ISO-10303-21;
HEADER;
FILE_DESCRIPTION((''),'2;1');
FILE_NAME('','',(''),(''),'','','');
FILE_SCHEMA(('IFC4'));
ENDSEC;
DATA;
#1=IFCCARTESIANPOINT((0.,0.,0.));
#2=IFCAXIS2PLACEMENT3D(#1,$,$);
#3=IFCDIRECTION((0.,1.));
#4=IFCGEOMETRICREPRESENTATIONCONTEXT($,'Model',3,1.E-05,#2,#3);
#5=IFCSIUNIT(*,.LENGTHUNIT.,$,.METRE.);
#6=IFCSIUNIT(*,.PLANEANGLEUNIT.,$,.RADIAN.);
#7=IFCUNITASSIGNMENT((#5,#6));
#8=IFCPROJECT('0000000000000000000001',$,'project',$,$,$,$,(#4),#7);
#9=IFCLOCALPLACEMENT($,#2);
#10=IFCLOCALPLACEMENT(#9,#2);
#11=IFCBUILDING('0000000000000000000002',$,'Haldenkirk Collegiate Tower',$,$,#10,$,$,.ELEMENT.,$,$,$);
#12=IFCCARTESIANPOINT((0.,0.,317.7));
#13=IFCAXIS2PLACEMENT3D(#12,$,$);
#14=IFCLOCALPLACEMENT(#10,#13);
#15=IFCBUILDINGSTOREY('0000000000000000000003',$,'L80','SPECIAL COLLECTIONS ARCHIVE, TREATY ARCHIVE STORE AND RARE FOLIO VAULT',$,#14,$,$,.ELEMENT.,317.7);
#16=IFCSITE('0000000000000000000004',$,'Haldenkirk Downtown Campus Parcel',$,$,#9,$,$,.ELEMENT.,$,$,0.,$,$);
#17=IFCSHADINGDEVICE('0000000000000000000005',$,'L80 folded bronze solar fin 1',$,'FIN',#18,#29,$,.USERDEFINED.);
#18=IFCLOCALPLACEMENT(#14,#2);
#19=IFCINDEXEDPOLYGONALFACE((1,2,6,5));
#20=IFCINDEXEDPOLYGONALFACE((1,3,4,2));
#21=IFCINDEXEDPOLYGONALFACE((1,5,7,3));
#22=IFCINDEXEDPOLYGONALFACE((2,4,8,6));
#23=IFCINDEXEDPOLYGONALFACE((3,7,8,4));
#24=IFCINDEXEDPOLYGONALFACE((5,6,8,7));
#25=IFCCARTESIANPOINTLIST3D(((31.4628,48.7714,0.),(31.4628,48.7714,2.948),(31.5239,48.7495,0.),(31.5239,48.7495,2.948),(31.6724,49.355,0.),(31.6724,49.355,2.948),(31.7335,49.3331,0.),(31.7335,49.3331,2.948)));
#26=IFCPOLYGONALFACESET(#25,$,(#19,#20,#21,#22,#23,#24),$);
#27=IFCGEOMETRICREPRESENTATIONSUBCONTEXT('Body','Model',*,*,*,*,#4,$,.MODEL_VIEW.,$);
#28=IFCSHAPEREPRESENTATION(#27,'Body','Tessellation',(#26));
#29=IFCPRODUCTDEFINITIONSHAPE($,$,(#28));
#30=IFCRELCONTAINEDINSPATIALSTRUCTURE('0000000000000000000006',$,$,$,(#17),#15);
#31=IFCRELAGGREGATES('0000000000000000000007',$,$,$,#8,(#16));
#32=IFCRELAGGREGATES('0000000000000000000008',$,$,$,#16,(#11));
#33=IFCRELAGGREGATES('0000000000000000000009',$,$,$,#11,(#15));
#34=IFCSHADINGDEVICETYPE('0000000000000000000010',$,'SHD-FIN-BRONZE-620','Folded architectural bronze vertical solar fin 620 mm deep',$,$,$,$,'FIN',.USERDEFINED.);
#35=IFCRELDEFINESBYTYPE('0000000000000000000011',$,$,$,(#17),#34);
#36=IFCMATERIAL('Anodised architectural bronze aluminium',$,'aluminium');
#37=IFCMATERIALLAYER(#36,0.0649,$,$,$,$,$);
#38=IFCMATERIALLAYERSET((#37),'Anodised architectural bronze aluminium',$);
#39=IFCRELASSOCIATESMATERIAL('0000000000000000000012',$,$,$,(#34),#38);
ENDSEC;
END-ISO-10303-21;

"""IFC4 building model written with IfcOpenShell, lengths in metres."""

from ifc_helpers import new_model, si_unit, direction, frame, origin, origin_2d, place, context, subcontext, project, spatial, rectangle, extrude, source, transform, mapped, material, layer, layer_set, type_object, element, save


model = new_model("IFC4")

# Units and contexts
model_context = context("Model", 3, precision=1e-05, world=origin(), true_north=direction((0.0, 1.0)))
body_context = subcontext(model_context, "Body", "Model", "MODEL_VIEW")
ifc_project = project(units=[si_unit("LENGTHUNIT", "METRE"), si_unit("PLANEANGLEUNIT", "RADIAN")], contexts=[model_context])

# Site, building, storey
site_placement = place(None, origin())
site = spatial("IfcSite", under=ifc_project, at=site_placement, Name="Haldenkirk Downtown Campus Parcel", CompositionType="ELEMENT", RefElevation=0.0)
building_placement = place(site_placement, origin())
building = spatial("IfcBuilding", under=site, at=building_placement, Name="Haldenkirk Collegiate Tower", CompositionType="ELEMENT")
storey_placement = place(building_placement, frame((0.0, 0.0, 317.7)))
storey = spatial("IfcBuildingStorey", under=building, at=storey_placement, Name="L80", Description="SPECIAL COLLECTIONS ARCHIVE, TREATY ARCHIVE STORE AND RARE FOLIO VAULT", CompositionType="ELEMENT", Elevation=317.7)

# Shared definitions
ifc_material_1 = material(Name="Anodised architectural bronze aluminium", Category="aluminium")

# Shading device
ifc_layer_1 = layer(ifc_material_1, 0.0649)
ifc_layer_set_1 = layer_set([ifc_layer_1], Name="Anodised architectural bronze aluminium")
shading_device_type = type_object("IfcShadingDeviceType", Name="SHD-FIN-BRONZE-620", Description="Folded architectural bronze vertical solar fin 620 mm deep", ElementType="FIN", PredefinedType="USERDEFINED", material=ifc_layer_set_1)
shared_shape_1 = source(origin(), body_context, "Body", "SweptSolid", [
    extrude(rectangle(XDim=0.6201, YDim=0.0649, at=origin_2d()), origin(), (0.0, 0.0, 1.0), 2.948),
])
shading_device_placement = place(storey_placement, frame((31.5981, 49.0522, 0.0), z_axis=(0.0, 0.0, 1.0), x_axis=(0.337917, 0.941176, 0.0)))
element("IfcShadingDevice", 1, at=shading_device_placement, inside=storey, type_object=shading_device_type, Name="L80 folded bronze solar fin 1", ObjectType="FIN", PredefinedType="USERDEFINED", context=body_context, shape_type="MappedRepresentation", body=[
    mapped(shared_shape_1, transform((0.0, 0.0, 0.0), x_axis=(1.0, 0.0, 0.0), y_axis=(0.0, 1.0, 0.0), z_axis=(0.0, 0.0, 1.0), scale=1.0)),
])

save(model, "model.ifc")
